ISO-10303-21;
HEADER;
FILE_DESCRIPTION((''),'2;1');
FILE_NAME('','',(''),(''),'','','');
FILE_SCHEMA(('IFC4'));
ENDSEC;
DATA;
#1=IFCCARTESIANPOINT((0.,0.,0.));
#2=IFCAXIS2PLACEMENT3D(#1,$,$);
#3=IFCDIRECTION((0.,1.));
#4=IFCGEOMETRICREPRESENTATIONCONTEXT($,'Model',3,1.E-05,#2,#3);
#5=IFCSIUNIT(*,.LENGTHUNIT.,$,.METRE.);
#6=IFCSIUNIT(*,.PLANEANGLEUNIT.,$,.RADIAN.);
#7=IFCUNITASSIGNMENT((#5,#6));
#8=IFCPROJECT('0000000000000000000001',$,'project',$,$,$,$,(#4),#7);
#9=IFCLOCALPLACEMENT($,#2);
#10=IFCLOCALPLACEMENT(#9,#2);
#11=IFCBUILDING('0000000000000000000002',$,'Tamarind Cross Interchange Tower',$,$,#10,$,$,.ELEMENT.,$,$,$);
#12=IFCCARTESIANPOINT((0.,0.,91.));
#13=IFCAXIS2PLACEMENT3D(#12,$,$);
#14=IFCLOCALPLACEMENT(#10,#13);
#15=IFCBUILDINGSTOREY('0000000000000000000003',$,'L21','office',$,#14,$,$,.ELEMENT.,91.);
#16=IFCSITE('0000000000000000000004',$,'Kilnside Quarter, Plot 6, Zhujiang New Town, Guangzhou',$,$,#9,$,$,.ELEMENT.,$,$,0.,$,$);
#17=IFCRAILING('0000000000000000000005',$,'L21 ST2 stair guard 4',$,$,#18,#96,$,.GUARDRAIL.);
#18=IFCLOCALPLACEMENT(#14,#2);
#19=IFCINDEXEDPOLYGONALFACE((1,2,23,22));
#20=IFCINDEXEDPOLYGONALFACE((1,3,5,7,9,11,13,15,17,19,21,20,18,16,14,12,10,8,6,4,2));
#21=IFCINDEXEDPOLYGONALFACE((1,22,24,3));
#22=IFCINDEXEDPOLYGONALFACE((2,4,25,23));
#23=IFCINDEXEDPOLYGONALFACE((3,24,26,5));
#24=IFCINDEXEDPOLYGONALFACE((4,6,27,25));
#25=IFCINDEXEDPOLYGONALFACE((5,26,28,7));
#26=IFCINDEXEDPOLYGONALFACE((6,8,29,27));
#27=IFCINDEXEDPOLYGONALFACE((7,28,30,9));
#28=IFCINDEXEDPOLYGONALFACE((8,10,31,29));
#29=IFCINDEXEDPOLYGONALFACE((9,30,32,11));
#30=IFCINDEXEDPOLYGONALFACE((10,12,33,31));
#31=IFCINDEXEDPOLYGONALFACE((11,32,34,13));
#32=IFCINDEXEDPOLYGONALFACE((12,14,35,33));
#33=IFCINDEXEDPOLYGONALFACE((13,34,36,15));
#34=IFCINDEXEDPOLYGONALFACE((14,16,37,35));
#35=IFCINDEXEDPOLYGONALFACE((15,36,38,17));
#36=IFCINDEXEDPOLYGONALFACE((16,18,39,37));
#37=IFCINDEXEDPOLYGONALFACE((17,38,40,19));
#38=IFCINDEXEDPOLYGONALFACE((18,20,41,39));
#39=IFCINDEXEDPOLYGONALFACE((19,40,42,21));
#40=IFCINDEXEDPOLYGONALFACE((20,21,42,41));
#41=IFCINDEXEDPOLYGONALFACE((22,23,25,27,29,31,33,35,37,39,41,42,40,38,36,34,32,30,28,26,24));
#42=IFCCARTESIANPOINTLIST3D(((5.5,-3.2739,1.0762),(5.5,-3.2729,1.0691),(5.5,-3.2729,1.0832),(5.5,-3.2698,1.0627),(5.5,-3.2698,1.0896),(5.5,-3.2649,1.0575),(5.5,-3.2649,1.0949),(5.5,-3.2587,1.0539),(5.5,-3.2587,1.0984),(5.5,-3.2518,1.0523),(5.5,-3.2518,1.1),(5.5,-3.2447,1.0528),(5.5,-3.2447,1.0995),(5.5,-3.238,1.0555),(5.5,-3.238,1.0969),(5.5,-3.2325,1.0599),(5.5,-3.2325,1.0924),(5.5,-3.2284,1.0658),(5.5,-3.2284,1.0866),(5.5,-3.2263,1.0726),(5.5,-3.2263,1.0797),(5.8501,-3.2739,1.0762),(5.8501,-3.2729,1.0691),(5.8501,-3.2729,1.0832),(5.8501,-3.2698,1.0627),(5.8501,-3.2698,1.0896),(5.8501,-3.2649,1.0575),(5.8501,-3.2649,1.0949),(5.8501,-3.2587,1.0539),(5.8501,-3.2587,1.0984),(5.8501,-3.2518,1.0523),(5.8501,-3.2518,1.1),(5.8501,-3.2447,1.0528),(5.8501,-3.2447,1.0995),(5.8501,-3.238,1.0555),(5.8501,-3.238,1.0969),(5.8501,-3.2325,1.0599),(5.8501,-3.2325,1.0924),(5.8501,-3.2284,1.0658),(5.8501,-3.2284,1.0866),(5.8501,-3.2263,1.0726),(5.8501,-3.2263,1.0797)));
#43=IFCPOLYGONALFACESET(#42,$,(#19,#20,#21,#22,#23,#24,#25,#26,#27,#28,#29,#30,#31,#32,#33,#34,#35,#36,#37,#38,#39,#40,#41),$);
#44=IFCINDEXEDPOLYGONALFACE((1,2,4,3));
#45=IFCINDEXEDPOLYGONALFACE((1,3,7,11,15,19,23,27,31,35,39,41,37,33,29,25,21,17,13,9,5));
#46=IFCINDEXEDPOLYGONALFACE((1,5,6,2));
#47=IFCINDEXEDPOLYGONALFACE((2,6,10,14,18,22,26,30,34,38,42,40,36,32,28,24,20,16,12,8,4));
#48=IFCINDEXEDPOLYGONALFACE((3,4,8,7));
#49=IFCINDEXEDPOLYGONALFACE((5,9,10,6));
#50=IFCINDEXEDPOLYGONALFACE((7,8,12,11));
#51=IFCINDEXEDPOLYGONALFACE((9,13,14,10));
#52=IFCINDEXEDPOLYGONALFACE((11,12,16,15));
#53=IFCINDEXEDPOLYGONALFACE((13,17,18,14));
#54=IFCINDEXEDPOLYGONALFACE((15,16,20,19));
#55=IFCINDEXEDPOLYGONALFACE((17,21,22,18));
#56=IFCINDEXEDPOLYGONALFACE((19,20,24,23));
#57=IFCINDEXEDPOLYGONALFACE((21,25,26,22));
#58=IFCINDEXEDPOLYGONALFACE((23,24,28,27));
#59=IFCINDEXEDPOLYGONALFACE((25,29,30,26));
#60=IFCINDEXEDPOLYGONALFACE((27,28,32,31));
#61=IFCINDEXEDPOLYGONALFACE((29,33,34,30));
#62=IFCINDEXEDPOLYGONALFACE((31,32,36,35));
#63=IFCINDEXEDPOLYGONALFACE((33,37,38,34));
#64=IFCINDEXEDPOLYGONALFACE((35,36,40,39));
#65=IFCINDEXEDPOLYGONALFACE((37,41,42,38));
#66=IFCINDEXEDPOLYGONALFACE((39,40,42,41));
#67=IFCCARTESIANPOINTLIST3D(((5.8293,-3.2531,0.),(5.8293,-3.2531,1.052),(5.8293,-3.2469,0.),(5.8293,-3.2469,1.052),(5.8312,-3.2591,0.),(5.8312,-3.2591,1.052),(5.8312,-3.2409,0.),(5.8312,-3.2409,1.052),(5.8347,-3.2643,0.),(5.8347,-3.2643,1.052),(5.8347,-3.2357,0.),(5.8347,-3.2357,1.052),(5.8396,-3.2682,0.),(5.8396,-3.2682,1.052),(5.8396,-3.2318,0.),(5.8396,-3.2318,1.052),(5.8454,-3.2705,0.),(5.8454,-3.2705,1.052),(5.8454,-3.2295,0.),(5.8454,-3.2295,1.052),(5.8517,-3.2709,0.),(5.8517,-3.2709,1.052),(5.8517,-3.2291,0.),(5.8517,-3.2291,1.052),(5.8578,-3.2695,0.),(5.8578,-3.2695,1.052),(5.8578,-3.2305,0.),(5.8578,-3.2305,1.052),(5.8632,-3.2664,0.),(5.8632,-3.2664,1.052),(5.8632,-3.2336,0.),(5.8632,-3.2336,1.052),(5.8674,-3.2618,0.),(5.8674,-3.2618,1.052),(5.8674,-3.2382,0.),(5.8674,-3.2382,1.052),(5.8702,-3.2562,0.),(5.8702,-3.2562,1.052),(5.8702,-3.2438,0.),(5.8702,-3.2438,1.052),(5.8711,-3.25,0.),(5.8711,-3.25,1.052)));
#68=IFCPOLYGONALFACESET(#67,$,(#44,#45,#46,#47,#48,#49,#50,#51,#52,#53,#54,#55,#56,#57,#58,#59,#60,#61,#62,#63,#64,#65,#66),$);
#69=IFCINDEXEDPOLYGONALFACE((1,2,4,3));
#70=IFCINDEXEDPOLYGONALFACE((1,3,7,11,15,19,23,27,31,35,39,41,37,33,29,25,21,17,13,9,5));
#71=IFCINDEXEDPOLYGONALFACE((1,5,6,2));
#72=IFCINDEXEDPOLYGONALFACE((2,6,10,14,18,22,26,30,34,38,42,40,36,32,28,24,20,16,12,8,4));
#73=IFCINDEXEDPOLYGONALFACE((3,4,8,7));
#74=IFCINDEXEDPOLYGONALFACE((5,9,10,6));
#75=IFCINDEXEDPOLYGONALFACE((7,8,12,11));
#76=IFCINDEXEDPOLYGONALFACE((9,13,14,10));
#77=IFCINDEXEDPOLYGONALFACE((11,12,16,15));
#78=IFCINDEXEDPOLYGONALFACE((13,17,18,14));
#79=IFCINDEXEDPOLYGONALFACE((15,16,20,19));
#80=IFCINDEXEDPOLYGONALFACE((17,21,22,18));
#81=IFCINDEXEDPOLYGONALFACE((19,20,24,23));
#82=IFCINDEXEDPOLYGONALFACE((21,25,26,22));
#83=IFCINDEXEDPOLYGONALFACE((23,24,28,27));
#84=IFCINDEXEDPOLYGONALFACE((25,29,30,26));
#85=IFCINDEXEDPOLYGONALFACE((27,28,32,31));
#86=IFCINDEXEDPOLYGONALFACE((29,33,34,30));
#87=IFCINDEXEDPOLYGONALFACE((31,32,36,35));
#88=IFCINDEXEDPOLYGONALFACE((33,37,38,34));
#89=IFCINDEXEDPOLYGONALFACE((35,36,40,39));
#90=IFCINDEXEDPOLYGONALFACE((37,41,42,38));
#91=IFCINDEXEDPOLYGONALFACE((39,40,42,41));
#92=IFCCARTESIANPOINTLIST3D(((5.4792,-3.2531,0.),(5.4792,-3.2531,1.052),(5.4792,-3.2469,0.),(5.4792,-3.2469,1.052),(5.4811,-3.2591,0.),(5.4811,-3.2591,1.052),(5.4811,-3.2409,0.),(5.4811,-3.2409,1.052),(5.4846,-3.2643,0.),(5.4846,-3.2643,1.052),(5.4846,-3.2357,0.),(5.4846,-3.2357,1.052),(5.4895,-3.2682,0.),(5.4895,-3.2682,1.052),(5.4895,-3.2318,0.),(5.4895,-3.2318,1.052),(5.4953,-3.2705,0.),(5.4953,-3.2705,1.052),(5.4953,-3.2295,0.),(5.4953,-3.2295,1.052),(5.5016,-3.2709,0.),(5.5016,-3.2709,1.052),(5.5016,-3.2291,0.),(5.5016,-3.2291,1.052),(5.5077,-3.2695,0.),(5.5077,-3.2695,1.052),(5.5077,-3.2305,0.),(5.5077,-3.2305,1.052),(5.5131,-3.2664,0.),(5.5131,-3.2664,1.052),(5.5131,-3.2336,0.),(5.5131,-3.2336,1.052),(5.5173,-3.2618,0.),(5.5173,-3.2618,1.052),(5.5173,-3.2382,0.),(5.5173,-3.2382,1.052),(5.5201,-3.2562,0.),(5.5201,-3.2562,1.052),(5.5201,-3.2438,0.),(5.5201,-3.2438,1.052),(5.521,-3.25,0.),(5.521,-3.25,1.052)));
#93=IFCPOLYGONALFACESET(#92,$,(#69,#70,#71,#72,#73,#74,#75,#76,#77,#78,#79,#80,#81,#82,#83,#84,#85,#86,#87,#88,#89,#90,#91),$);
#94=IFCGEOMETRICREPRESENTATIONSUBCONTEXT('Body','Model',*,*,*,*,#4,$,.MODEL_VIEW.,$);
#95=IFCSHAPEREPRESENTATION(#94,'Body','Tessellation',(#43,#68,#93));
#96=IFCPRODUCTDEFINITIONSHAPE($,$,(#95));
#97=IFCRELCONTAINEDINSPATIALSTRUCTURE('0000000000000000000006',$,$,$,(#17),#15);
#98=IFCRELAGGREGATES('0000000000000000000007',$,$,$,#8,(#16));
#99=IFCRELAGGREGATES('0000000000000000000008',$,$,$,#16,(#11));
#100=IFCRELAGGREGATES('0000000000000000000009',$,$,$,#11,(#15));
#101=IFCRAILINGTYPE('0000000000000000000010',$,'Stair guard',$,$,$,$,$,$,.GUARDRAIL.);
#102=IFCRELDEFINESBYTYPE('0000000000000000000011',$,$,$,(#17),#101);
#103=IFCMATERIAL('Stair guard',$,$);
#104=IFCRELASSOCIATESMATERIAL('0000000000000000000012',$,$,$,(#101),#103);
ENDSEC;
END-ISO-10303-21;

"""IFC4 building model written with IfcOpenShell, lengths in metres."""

from ifc_helpers import new_model, si_unit, direction, frame, origin, origin_2d, place, context, subcontext, project, spatial, circle, extrude, material, type_object, element, save


model = new_model("IFC4")

# Units and contexts
model_context = context("Model", 3, precision=1e-05, world=origin(), true_north=direction((0.0, 1.0)))
body_context = subcontext(model_context, "Body", "Model", "MODEL_VIEW")
ifc_project = project(units=[si_unit("LENGTHUNIT", "METRE"), si_unit("PLANEANGLEUNIT", "RADIAN")], contexts=[model_context])

# Site, building, storey
site_placement = place(None, origin())
site = spatial("IfcSite", under=ifc_project, at=site_placement, Name="Kilnside Quarter, Plot 6, Zhujiang New Town, Guangzhou", CompositionType="ELEMENT", RefElevation=0.0)
building_placement = place(site_placement, origin())
building = spatial("IfcBuilding", under=site, at=building_placement, Name="Tamarind Cross Interchange Tower", CompositionType="ELEMENT")
storey_placement = place(building_placement, frame((0.0, 0.0, 91.0)))
storey = spatial("IfcBuildingStorey", under=building, at=storey_placement, Name="L21", Description="office", CompositionType="ELEMENT", Elevation=91.0)

# Railing
ifc_material_1 = material(Name="Stair guard")
railing_type_1 = type_object("IfcRailingType", Name="Stair guard", PredefinedType="GUARDRAIL", material=ifc_material_1)
railing_1_placement = place(storey_placement, frame((5.8501, -3.25, 0.0)))
element("IfcRailing", 1, at=railing_1_placement, inside=storey, type_object=railing_type_1, Name="L21 ST2 stair guard 4", PredefinedType="GUARDRAIL", context=body_context, shape_type="SweptSolid", body=[
    extrude(circle(Radius=0.0239, at=origin_2d()), frame((0.0, 0.0, 1.0762), z_axis=(-1.0, 0.0, 0.0), x_axis=(0.0, -1.0, 0.0)), (0.0, 0.0, 1.0), 0.3501),
    extrude(circle(Radius=0.021, at=origin_2d()), origin(), (0.0, 0.0, 1.0), 1.052),
    extrude(circle(Radius=0.021, at=origin_2d()), frame((-0.3501, 0.0, 0.0)), (0.0, 0.0, 1.0), 1.052),
])

save(model, "model.ifc")
